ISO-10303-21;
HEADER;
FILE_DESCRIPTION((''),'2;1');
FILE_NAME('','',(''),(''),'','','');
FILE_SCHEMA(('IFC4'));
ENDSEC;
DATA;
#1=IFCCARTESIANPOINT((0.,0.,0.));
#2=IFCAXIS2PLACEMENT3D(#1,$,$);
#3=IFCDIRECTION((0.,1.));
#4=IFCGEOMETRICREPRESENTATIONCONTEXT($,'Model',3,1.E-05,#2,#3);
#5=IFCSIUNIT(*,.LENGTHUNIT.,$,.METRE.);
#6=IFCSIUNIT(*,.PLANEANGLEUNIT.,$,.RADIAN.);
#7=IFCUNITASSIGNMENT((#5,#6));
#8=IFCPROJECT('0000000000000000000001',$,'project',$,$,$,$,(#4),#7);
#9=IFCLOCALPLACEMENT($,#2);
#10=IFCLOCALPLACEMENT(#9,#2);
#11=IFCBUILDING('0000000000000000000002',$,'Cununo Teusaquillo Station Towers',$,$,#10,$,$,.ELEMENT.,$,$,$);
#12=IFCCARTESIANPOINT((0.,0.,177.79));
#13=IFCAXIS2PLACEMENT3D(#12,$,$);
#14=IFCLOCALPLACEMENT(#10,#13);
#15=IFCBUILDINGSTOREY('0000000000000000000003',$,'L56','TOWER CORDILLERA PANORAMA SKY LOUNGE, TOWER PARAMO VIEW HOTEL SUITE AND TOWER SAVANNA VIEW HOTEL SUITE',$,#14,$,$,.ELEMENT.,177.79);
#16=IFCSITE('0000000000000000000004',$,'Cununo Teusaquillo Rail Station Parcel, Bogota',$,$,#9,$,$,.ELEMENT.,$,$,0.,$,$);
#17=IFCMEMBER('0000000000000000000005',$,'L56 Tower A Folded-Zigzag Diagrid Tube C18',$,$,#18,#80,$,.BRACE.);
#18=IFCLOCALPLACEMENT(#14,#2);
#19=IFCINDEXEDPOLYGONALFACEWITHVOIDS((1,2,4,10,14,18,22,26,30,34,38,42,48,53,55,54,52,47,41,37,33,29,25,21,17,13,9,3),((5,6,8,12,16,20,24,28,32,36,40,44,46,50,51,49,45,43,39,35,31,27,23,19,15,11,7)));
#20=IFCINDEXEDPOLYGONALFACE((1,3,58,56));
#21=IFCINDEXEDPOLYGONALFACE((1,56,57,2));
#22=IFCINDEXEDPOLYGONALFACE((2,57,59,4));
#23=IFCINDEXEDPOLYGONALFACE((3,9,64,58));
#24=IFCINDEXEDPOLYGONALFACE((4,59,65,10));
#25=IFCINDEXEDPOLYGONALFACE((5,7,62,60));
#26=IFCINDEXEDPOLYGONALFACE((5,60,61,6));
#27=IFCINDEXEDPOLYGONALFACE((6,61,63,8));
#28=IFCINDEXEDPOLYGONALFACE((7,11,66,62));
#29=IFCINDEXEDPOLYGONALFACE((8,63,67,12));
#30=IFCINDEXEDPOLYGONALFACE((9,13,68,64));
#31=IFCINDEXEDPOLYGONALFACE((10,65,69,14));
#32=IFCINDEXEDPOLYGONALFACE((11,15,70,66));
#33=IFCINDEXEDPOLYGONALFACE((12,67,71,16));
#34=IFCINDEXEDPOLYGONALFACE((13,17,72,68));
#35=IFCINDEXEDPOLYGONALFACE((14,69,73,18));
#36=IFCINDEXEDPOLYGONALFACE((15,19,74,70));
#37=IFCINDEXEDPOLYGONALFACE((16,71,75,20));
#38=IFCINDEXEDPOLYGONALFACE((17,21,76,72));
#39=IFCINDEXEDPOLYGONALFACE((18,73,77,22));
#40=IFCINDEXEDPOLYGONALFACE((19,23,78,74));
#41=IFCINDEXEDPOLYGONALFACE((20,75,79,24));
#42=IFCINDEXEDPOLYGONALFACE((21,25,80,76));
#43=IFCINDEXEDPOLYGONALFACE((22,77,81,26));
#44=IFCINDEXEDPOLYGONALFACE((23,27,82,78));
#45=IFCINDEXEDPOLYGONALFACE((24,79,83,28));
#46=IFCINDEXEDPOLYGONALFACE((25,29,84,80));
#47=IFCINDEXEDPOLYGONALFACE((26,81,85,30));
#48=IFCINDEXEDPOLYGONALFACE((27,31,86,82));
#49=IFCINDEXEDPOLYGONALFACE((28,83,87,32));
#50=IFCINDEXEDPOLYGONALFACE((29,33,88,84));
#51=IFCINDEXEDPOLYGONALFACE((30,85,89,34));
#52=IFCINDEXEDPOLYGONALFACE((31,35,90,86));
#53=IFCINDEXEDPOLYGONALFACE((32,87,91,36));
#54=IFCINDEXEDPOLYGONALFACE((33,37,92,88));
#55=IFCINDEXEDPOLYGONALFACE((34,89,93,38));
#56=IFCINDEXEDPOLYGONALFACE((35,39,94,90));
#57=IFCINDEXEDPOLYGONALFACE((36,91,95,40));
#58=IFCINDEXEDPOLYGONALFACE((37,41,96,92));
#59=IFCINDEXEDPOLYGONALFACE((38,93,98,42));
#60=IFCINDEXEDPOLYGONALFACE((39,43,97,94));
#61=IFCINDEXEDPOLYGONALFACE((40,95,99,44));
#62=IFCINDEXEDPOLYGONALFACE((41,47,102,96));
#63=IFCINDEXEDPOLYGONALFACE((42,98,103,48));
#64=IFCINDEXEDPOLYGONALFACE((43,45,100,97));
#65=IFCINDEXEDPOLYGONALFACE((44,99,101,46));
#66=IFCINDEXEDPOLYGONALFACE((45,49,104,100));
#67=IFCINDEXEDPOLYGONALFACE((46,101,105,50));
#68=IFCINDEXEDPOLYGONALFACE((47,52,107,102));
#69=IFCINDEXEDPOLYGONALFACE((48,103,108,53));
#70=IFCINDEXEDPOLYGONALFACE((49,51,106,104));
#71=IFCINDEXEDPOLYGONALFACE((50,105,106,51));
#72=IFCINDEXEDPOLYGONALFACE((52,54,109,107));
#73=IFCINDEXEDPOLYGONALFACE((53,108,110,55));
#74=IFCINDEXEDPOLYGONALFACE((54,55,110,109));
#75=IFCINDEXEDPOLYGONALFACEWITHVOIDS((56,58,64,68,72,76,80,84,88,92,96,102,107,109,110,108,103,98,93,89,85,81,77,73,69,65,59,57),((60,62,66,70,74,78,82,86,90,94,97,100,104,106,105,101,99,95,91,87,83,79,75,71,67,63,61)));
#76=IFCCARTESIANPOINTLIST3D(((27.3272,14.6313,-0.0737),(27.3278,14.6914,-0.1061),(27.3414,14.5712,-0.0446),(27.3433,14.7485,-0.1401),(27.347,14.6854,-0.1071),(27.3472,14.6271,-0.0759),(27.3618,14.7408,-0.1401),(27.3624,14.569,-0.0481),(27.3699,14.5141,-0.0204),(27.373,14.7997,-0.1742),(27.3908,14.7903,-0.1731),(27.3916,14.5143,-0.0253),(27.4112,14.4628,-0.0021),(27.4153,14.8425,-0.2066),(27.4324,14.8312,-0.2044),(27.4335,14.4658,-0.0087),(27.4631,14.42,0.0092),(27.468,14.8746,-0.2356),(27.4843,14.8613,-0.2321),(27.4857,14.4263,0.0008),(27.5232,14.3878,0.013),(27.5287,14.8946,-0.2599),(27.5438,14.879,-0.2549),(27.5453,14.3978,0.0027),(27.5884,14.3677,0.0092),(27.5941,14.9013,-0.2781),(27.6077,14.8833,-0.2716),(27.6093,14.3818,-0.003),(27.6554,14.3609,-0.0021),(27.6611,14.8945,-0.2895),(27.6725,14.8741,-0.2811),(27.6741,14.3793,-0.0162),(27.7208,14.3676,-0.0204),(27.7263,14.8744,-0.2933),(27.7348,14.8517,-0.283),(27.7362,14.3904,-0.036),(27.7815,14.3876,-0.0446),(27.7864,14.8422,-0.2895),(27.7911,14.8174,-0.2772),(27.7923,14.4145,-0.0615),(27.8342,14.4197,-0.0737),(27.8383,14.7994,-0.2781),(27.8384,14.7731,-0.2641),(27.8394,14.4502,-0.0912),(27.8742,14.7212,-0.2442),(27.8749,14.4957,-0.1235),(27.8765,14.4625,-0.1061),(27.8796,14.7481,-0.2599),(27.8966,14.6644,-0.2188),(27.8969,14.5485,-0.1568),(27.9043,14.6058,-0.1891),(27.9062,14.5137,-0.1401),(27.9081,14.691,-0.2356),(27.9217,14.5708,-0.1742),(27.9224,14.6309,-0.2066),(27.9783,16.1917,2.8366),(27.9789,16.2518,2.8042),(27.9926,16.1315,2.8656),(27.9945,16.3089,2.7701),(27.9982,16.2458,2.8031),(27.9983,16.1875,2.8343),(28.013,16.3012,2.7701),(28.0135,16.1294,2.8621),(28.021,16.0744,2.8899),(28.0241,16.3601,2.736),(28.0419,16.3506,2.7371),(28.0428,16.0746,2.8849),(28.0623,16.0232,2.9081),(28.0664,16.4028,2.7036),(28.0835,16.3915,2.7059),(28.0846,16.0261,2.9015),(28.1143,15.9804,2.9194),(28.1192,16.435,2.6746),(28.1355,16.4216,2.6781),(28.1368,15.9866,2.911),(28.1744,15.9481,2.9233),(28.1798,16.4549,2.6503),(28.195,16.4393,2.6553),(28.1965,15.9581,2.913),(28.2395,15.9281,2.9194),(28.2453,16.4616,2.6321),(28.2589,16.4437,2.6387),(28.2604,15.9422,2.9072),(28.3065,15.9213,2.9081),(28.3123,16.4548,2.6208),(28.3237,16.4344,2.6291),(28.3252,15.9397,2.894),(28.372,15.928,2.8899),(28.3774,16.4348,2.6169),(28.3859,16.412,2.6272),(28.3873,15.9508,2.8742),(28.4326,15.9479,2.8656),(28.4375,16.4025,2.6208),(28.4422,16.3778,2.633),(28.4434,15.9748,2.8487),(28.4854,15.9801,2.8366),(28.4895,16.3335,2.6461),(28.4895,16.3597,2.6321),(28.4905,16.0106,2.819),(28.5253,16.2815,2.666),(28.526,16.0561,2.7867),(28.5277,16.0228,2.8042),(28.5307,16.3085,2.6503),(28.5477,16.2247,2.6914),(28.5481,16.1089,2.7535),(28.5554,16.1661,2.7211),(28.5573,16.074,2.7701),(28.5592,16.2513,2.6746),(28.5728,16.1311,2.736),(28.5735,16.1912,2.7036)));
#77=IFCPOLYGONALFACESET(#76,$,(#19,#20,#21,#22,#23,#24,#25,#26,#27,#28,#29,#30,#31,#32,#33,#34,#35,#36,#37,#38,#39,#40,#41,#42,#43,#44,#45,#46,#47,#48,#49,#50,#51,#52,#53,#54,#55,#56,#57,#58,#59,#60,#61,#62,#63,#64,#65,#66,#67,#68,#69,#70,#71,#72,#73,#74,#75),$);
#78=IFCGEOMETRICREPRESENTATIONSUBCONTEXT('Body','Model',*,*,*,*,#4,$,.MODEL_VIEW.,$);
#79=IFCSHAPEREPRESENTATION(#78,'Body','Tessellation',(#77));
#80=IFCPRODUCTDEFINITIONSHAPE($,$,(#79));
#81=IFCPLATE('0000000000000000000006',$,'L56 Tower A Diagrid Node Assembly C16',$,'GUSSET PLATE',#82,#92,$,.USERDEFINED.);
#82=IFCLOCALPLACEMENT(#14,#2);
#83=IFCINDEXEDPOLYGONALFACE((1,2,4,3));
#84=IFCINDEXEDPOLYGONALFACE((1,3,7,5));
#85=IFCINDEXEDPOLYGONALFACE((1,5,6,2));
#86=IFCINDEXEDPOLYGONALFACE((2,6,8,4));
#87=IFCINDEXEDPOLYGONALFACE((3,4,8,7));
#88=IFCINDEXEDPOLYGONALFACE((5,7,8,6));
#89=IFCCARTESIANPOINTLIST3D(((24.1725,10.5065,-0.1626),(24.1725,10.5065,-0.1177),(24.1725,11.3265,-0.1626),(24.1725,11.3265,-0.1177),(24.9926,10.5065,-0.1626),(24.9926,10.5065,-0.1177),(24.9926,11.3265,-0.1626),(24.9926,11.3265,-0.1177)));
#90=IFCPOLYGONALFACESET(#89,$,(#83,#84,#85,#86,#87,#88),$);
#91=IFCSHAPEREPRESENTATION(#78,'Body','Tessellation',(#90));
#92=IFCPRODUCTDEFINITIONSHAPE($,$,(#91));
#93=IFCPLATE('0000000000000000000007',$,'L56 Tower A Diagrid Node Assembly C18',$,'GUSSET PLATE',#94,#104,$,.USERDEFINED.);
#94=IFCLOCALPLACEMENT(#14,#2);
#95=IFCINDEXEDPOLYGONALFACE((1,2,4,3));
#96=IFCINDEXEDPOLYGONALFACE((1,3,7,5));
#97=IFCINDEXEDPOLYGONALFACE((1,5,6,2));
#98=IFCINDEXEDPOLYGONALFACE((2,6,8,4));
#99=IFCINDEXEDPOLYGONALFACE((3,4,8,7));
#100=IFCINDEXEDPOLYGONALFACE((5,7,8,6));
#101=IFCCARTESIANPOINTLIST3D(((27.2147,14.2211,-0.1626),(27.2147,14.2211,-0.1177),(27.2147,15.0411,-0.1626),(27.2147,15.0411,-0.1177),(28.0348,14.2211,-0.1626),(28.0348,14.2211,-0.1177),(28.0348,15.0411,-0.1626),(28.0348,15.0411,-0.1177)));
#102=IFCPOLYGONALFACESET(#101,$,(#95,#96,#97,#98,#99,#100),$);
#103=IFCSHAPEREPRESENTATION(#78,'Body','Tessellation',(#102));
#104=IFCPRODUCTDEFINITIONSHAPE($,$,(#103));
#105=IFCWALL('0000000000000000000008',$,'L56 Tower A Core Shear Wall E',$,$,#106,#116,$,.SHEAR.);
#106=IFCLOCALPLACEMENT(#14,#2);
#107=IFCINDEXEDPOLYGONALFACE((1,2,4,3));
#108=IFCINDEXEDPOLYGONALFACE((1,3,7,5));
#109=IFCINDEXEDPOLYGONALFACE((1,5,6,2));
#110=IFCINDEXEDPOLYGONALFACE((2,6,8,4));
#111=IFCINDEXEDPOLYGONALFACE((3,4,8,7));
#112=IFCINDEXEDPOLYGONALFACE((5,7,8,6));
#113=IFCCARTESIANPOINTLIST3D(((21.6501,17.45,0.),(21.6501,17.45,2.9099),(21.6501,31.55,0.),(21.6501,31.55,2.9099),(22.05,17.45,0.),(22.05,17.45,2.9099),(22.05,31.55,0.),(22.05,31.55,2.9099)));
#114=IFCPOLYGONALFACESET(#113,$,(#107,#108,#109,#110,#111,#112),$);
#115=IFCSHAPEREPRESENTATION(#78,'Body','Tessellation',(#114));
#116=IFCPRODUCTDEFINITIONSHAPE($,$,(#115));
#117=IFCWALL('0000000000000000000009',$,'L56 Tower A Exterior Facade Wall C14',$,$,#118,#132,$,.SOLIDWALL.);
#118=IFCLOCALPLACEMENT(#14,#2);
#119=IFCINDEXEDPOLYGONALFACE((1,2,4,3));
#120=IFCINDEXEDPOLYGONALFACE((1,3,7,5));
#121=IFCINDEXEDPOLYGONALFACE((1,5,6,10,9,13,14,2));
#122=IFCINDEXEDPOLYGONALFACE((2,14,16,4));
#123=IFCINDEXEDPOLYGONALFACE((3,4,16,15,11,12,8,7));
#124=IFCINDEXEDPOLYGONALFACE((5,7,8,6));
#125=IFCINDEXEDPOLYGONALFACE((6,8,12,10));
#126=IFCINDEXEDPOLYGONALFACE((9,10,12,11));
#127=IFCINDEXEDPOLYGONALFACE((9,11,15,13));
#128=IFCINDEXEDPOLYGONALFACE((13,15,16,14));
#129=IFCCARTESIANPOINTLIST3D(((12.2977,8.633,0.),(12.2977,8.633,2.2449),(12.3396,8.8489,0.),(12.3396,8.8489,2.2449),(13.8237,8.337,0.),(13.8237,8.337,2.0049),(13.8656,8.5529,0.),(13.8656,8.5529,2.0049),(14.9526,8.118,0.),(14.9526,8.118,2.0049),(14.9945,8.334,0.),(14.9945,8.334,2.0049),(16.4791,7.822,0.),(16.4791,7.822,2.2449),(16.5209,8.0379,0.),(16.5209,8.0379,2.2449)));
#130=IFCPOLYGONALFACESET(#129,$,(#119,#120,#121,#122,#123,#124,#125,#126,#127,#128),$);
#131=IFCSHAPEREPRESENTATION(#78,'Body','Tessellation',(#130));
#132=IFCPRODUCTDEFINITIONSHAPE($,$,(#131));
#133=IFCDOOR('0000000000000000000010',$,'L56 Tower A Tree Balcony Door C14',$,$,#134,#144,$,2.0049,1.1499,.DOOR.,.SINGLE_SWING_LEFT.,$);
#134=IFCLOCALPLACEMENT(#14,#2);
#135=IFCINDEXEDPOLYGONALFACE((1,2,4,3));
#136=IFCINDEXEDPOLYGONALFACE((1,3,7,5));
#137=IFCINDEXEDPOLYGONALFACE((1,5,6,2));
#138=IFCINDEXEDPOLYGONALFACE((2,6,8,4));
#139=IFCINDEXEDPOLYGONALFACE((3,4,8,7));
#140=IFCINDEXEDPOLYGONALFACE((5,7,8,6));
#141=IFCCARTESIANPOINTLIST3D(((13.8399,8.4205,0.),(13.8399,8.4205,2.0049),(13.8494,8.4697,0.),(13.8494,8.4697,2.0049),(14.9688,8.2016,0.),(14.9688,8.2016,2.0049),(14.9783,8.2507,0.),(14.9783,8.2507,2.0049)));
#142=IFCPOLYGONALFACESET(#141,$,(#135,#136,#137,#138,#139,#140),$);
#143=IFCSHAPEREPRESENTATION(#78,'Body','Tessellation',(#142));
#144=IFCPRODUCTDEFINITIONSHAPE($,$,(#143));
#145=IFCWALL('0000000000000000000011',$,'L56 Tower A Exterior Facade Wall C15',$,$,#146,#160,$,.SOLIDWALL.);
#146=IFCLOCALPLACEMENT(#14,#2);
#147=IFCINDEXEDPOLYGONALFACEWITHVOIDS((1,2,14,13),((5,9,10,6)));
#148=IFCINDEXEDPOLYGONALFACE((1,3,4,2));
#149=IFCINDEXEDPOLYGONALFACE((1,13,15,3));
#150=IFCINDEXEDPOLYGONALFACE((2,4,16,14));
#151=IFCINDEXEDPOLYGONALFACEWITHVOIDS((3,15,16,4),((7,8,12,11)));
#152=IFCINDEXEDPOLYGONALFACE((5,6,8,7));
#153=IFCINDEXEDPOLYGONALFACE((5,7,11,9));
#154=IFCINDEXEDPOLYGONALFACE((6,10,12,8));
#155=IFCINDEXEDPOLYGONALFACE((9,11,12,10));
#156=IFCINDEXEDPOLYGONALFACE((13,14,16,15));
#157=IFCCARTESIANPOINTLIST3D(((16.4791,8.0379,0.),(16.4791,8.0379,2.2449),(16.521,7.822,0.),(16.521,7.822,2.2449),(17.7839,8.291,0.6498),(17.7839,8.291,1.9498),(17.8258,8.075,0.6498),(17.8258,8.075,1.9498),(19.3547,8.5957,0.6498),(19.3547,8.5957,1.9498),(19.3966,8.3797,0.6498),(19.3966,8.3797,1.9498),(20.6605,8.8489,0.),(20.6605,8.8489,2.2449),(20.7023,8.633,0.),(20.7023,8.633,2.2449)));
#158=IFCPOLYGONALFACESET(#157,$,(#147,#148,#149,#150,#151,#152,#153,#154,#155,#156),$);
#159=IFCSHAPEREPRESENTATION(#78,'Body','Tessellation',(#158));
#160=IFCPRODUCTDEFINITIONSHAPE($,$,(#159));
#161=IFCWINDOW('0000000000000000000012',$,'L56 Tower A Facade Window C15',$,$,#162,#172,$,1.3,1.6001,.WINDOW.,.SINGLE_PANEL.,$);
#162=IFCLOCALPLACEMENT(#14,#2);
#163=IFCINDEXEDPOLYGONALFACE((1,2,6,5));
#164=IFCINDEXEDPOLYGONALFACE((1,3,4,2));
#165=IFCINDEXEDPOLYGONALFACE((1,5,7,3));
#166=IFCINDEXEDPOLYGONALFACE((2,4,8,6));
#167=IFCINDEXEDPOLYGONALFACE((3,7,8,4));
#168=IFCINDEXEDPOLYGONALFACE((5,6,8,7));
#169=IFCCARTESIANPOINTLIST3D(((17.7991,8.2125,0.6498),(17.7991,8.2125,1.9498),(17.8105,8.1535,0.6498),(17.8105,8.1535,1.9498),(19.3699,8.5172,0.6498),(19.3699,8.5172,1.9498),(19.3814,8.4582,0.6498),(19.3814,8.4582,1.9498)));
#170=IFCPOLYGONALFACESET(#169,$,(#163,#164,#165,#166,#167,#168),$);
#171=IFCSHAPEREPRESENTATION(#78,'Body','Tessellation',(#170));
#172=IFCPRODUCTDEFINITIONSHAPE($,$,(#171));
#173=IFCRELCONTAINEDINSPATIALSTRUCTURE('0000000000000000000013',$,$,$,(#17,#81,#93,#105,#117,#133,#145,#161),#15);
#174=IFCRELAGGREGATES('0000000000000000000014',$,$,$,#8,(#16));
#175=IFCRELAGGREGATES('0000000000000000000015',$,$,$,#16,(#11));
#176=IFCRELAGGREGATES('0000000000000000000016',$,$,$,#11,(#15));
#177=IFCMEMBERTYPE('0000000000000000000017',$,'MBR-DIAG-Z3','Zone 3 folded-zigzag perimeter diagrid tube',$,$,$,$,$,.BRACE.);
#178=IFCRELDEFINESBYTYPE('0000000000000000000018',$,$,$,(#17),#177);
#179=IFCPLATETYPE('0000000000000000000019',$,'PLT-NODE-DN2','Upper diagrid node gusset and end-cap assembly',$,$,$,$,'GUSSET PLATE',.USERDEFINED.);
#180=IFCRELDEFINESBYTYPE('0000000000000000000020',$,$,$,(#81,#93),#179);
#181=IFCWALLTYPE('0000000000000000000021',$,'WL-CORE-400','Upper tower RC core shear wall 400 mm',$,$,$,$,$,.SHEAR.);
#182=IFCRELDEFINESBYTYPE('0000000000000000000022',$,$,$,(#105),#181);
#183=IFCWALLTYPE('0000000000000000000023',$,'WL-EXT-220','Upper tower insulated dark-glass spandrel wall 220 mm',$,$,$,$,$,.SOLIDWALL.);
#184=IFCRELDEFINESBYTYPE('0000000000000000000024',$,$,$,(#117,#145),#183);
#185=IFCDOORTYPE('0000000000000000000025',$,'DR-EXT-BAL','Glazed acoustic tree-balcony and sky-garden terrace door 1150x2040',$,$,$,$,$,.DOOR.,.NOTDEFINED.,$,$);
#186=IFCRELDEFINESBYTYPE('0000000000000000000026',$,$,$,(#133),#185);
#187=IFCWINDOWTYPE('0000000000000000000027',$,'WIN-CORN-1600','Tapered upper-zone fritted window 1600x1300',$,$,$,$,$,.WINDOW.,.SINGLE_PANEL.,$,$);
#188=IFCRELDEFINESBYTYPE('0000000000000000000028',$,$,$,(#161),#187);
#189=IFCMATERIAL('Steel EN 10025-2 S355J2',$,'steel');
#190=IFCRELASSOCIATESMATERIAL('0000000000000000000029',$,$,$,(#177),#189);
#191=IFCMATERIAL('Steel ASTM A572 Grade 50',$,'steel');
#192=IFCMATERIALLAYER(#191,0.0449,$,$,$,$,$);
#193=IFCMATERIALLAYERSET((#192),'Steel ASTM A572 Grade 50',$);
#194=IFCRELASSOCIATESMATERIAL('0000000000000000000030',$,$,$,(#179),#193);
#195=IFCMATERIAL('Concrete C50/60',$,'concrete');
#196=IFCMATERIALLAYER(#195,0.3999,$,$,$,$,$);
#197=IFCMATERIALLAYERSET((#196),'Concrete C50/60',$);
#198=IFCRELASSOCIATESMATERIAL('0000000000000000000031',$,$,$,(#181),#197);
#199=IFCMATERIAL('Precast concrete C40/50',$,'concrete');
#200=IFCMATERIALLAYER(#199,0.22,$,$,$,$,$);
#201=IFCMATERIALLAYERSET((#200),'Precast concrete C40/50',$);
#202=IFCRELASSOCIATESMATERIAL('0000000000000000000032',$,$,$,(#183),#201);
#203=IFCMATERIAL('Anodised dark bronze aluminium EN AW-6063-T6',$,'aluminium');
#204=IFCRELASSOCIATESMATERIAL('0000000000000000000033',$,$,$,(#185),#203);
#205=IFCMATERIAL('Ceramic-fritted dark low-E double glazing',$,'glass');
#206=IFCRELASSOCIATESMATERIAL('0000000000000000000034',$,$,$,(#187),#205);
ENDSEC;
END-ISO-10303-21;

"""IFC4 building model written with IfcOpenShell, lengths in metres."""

from ifc_helpers import new_model, si_unit, direction, frame, frame_2d, origin, origin_2d, place, context, subcontext, project, spatial, rectangle, hollow_circle, extrude, source, transform, mapped, material, layer, layer_set, material_profile, profile_set, type_object, element, fill, save


model = new_model("IFC4")

# Units and contexts
model_context = context("Model", 3, precision=1e-05, world=origin(), true_north=direction((0.0, 1.0)))
body_context = subcontext(model_context, "Body", "Model", "MODEL_VIEW")
ifc_project = project(units=[si_unit("LENGTHUNIT", "METRE"), si_unit("PLANEANGLEUNIT", "RADIAN")], contexts=[model_context])

# Site, building, storey
site_placement = place(None, origin())
site = spatial("IfcSite", under=ifc_project, at=site_placement, Name="Cununo Teusaquillo Rail Station Parcel, Bogota", CompositionType="ELEMENT", RefElevation=0.0)
building_placement = place(site_placement, origin())
building = spatial("IfcBuilding", under=site, at=building_placement, Name="Cununo Teusaquillo Station Towers", CompositionType="ELEMENT")
storey_placement = place(building_placement, frame((0.0, 0.0, 177.79)))
storey = spatial("IfcBuildingStorey", under=building, at=storey_placement, Name="L56", Description="TOWER CORDILLERA PANORAMA SKY LOUNGE, TOWER PARAMO VIEW HOTEL SUITE AND TOWER SAVANNA VIEW HOTEL SUITE", CompositionType="ELEMENT", Elevation=177.79)

# Member
ifc_material_1 = material(Name="Steel EN 10025-2 S355J2", Category="steel")
ifc_material_profile_1 = material_profile(ifc_material_1, hollow_circle(Radius=0.3049, WallThickness=0.02, at=origin_2d()), Name="CHS 610x20")
ifc_profile_set_1 = profile_set([ifc_material_profile_1], Name="Steel EN 10025-2 S355J2")
member_type = type_object("IfcMemberType", Name="MBR-DIAG-Z3", Description="Zone 3 folded-zigzag perimeter diagrid tube", PredefinedType="BRACE", material=ifc_profile_set_1)
member_1_placement = place(storey_placement, frame((27.6248, 14.6311, -0.1401), z_axis=(0.193462, 0.463598, 0.864667), x_axis=(-0.922867, 0.385118, 0.0)))
element("IfcMember", 1, at=member_1_placement, inside=storey, type_object=member_type, Name="L56 Tower A Folded-Zigzag Diagrid Tube C18", PredefinedType="BRACE", context=body_context, shape_type="SweptSolid", body=[
    extrude(hollow_circle(Radius=0.3049, WallThickness=0.02, at=origin_2d()), origin(), (0.0, 0.0, 1.0), 3.3657),
])

# Plates
ifc_material_2 = material(Name="Steel ASTM A572 Grade 50", Category="steel")
ifc_layer_1 = layer(ifc_material_2, 0.0449)
ifc_layer_set_1 = layer_set([ifc_layer_1], Name="Steel ASTM A572 Grade 50")
plate_type = type_object("IfcPlateType", Name="PLT-NODE-DN2", Description="Upper diagrid node gusset and end-cap assembly", ElementType="GUSSET PLATE", PredefinedType="USERDEFINED", material=ifc_layer_set_1)
shared_shape_1 = source(origin(), body_context, "Body", "SweptSolid", [
    extrude(rectangle(XDim=0.8201, YDim=0.8201, at=origin_2d()), origin(), (0.0, 0.0, 1.0), 0.0449),
])
for number, where, z_axis, x_axis, name in (
    (2, (24.5825, 10.9165, -0.1626), (0.0, 0.0, 1.0), (1.0, 0.0, 0.0), "L56 Tower A Diagrid Node Assembly C16"),
    (3, (27.6248, 14.6311, -0.1626), (0.0, 0.0, 1.0), (1.0, 0.0, 0.0), "L56 Tower A Diagrid Node Assembly C18"),
):
    element("IfcPlate", number, at=place(storey_placement, frame(where, z_axis=z_axis, x_axis=x_axis)), inside=storey, type_object=plate_type, Name=name, ObjectType="GUSSET PLATE", PredefinedType="USERDEFINED", context=body_context, shape_type="MappedRepresentation", body=[
        mapped(shared_shape_1, transform((0.0, 0.0, 0.0), x_axis=(1.0, 0.0, 0.0), y_axis=(0.0, 1.0, 0.0), z_axis=(0.0, 0.0, 1.0), scale=1.0)),
    ])

# Wall
ifc_material_3 = material(Name="Concrete C50/60", Category="concrete")
ifc_layer_2 = layer(ifc_material_3, 0.3999)
ifc_layer_set_2 = layer_set([ifc_layer_2], Name="Concrete C50/60")
wall_type_1 = type_object("IfcWallType", Name="WL-CORE-400", Description="Upper tower RC core shear wall 400 mm", PredefinedType="SHEAR", material=ifc_layer_set_2)
wall_1_placement = place(storey_placement, frame((21.8501, 17.45, 0.0), z_axis=(0.0, 0.0, 1.0), x_axis=(0.0, 1.0, 0.0)))
element("IfcWall", 4, at=wall_1_placement, inside=storey, type_object=wall_type_1, Name="L56 Tower A Core Shear Wall E", PredefinedType="SHEAR", context=body_context, shape_type="SweptSolid", body=[
    extrude(rectangle(XDim=14.1001, YDim=0.3999, at=frame_2d((7.05, 0.0))), origin(), (0.0, 0.0, 1.0), 2.9099),
])

# Wall, opening, door
ifc_material_4 = material(Name="Precast concrete C40/50", Category="concrete")
ifc_layer_3 = layer(ifc_material_4, 0.22)
ifc_layer_set_3 = layer_set([ifc_layer_3], Name="Precast concrete C40/50")
wall_type_2 = type_object("IfcWallType", Name="WL-EXT-220", Description="Upper tower insulated dark-glass spandrel wall 220 mm", PredefinedType="SOLIDWALL", material=ifc_layer_set_3)
wall_2_placement = place(storey_placement, frame((16.5, 7.9299, 0.0), z_axis=(0.0, 0.0, 1.0), x_axis=(-0.981704, 0.190414, 0.0)))
wall_2 = element("IfcWall", 5, at=wall_2_placement, inside=storey, type_object=wall_type_2, Name="L56 Tower A Exterior Facade Wall C14", PredefinedType="SOLIDWALL", context=body_context, shape_type="SweptSolid", body=[
    extrude(rectangle(XDim=4.2593, YDim=0.22, at=frame_2d((2.1296, 0.0))), origin(), (0.0, 0.0, 1.0), 2.2449),
])
shared_shape_2 = source(origin(), body_context, "Body", "SweptSolid", [
    extrude(rectangle(XDim=1.1499, YDim=2.0049, at=frame_2d((0.575, 1.0024))), frame((0.0, 0.1199, 0.0), z_axis=(0.0, -1.0, 0.0), x_axis=(1.0, 0.0, 0.0)), (0.0, 0.0, 1.0), 0.24),
])
opening_1_placement = place(wall_2_placement, frame((1.5549, 0.0, 0.0)))
opening_1 = element("IfcOpeningElement", 6, at=opening_1_placement, cuts=wall_2, PredefinedType="OPENING", context=body_context, shape_type="MappedRepresentation", body=[
    mapped(shared_shape_2, transform((0.0, 0.0, 0.0), x_axis=(1.0, 0.0, 0.0), y_axis=(0.0, 1.0, 0.0), z_axis=(0.0, 0.0, 1.0), scale=1.0)),
])
ifc_material_5 = material(Name="Anodised dark bronze aluminium EN AW-6063-T6", Category="aluminium")
door_type_1 = type_object("IfcDoorType", Name="DR-EXT-BAL", Description="Glazed acoustic tree-balcony and sky-garden terrace door 1150x2040", OperationType="NOTDEFINED", PredefinedType="DOOR", material=ifc_material_5)
shared_shape_3 = source(origin(), body_context, "Body", "SweptSolid", [
    extrude(rectangle(XDim=1.1499, YDim=2.0049, at=frame_2d((0.575, 1.0024))), frame((0.0, 0.0249, 0.0), z_axis=(0.0, -1.0, 0.0), x_axis=(1.0, 0.0, 0.0)), (0.0, 0.0, 1.0), 0.05),
])
door_1_placement = place(opening_1_placement, origin())
door_1 = element("IfcDoor", 7, at=door_1_placement, inside=storey, type_object=door_type_1, Name="L56 Tower A Tree Balcony Door C14", OperationType="SINGLE_SWING_LEFT", OverallHeight=2.0049, OverallWidth=1.1499, PredefinedType="DOOR", context=body_context, shape_type="MappedRepresentation", body=[
    mapped(shared_shape_3, transform((0.0, 0.0, 0.0), x_axis=(1.0, 0.0, 0.0), y_axis=(0.0, 1.0, 0.0), z_axis=(0.0, 0.0, 1.0), scale=1.0)),
])
fill(opening_1, door_1)

# Wall, opening, window
wall_3_placement = place(storey_placement, frame((20.6814, 8.741, 0.0), z_axis=(0.0, 0.0, 1.0), x_axis=(-0.981704, -0.190414, 0.0)))
wall_3 = element("IfcWall", 8, at=wall_3_placement, inside=storey, type_object=wall_type_2, Name="L56 Tower A Exterior Facade Wall C15", PredefinedType="SOLIDWALL", context=body_context, shape_type="SweptSolid", body=[
    extrude(rectangle(XDim=4.2593, YDim=0.22, at=frame_2d((2.1296, 0.0))), origin(), (0.0, 0.0, 1.0), 2.2449),
])
shared_shape_4 = source(origin(), body_context, "Body", "SweptSolid", [
    extrude(rectangle(XDim=1.6001, YDim=1.3, at=frame_2d((0.8, 0.6499))), frame((0.0, 0.1199, 0.0), z_axis=(0.0, -1.0, 0.0), x_axis=(1.0, 0.0, 0.0)), (0.0, 0.0, 1.0), 0.24),
])
opening_2_placement = place(wall_3_placement, frame((1.3301, 0.0, 0.6499)))
opening_2 = element("IfcOpeningElement", 9, at=opening_2_placement, cuts=wall_3, PredefinedType="OPENING", context=body_context, shape_type="MappedRepresentation", body=[
    mapped(shared_shape_4, transform((0.0, 0.0, 0.0), x_axis=(1.0, 0.0, 0.0), y_axis=(0.0, 1.0, 0.0), z_axis=(0.0, 0.0, 1.0), scale=1.0)),
])
ifc_material_6 = material(Name="Ceramic-fritted dark low-E double glazing", Category="glass")
window_type = type_object("IfcWindowType", Name="WIN-CORN-1600", Description="Tapered upper-zone fritted window 1600x1300", PartitioningType="SINGLE_PANEL", PredefinedType="WINDOW", material=ifc_material_6)
shared_shape_5 = source(origin(), body_context, "Body", "SweptSolid", [
    extrude(rectangle(XDim=1.6001, YDim=1.3, at=frame_2d((0.8, 0.6499))), frame((0.0, 0.03, 0.0), z_axis=(0.0, -1.0, 0.0), x_axis=(1.0, 0.0, 0.0)), (0.0, 0.0, 1.0), 0.0601),
])
window_1_placement = place(opening_2_placement, origin())
window_1 = element("IfcWindow", 10, at=window_1_placement, inside=storey, type_object=window_type, Name="L56 Tower A Facade Window C15", OverallHeight=1.3, OverallWidth=1.6001, PartitioningType="SINGLE_PANEL", PredefinedType="WINDOW", context=body_context, shape_type="MappedRepresentation", body=[
    mapped(shared_shape_5, transform((0.0, 0.0, 0.0), x_axis=(1.0, 0.0, 0.0), y_axis=(0.0, 1.0, 0.0), z_axis=(0.0, 0.0, 1.0), scale=1.0)),
])
fill(opening_2, window_1)

save(model, "model.ifc")
